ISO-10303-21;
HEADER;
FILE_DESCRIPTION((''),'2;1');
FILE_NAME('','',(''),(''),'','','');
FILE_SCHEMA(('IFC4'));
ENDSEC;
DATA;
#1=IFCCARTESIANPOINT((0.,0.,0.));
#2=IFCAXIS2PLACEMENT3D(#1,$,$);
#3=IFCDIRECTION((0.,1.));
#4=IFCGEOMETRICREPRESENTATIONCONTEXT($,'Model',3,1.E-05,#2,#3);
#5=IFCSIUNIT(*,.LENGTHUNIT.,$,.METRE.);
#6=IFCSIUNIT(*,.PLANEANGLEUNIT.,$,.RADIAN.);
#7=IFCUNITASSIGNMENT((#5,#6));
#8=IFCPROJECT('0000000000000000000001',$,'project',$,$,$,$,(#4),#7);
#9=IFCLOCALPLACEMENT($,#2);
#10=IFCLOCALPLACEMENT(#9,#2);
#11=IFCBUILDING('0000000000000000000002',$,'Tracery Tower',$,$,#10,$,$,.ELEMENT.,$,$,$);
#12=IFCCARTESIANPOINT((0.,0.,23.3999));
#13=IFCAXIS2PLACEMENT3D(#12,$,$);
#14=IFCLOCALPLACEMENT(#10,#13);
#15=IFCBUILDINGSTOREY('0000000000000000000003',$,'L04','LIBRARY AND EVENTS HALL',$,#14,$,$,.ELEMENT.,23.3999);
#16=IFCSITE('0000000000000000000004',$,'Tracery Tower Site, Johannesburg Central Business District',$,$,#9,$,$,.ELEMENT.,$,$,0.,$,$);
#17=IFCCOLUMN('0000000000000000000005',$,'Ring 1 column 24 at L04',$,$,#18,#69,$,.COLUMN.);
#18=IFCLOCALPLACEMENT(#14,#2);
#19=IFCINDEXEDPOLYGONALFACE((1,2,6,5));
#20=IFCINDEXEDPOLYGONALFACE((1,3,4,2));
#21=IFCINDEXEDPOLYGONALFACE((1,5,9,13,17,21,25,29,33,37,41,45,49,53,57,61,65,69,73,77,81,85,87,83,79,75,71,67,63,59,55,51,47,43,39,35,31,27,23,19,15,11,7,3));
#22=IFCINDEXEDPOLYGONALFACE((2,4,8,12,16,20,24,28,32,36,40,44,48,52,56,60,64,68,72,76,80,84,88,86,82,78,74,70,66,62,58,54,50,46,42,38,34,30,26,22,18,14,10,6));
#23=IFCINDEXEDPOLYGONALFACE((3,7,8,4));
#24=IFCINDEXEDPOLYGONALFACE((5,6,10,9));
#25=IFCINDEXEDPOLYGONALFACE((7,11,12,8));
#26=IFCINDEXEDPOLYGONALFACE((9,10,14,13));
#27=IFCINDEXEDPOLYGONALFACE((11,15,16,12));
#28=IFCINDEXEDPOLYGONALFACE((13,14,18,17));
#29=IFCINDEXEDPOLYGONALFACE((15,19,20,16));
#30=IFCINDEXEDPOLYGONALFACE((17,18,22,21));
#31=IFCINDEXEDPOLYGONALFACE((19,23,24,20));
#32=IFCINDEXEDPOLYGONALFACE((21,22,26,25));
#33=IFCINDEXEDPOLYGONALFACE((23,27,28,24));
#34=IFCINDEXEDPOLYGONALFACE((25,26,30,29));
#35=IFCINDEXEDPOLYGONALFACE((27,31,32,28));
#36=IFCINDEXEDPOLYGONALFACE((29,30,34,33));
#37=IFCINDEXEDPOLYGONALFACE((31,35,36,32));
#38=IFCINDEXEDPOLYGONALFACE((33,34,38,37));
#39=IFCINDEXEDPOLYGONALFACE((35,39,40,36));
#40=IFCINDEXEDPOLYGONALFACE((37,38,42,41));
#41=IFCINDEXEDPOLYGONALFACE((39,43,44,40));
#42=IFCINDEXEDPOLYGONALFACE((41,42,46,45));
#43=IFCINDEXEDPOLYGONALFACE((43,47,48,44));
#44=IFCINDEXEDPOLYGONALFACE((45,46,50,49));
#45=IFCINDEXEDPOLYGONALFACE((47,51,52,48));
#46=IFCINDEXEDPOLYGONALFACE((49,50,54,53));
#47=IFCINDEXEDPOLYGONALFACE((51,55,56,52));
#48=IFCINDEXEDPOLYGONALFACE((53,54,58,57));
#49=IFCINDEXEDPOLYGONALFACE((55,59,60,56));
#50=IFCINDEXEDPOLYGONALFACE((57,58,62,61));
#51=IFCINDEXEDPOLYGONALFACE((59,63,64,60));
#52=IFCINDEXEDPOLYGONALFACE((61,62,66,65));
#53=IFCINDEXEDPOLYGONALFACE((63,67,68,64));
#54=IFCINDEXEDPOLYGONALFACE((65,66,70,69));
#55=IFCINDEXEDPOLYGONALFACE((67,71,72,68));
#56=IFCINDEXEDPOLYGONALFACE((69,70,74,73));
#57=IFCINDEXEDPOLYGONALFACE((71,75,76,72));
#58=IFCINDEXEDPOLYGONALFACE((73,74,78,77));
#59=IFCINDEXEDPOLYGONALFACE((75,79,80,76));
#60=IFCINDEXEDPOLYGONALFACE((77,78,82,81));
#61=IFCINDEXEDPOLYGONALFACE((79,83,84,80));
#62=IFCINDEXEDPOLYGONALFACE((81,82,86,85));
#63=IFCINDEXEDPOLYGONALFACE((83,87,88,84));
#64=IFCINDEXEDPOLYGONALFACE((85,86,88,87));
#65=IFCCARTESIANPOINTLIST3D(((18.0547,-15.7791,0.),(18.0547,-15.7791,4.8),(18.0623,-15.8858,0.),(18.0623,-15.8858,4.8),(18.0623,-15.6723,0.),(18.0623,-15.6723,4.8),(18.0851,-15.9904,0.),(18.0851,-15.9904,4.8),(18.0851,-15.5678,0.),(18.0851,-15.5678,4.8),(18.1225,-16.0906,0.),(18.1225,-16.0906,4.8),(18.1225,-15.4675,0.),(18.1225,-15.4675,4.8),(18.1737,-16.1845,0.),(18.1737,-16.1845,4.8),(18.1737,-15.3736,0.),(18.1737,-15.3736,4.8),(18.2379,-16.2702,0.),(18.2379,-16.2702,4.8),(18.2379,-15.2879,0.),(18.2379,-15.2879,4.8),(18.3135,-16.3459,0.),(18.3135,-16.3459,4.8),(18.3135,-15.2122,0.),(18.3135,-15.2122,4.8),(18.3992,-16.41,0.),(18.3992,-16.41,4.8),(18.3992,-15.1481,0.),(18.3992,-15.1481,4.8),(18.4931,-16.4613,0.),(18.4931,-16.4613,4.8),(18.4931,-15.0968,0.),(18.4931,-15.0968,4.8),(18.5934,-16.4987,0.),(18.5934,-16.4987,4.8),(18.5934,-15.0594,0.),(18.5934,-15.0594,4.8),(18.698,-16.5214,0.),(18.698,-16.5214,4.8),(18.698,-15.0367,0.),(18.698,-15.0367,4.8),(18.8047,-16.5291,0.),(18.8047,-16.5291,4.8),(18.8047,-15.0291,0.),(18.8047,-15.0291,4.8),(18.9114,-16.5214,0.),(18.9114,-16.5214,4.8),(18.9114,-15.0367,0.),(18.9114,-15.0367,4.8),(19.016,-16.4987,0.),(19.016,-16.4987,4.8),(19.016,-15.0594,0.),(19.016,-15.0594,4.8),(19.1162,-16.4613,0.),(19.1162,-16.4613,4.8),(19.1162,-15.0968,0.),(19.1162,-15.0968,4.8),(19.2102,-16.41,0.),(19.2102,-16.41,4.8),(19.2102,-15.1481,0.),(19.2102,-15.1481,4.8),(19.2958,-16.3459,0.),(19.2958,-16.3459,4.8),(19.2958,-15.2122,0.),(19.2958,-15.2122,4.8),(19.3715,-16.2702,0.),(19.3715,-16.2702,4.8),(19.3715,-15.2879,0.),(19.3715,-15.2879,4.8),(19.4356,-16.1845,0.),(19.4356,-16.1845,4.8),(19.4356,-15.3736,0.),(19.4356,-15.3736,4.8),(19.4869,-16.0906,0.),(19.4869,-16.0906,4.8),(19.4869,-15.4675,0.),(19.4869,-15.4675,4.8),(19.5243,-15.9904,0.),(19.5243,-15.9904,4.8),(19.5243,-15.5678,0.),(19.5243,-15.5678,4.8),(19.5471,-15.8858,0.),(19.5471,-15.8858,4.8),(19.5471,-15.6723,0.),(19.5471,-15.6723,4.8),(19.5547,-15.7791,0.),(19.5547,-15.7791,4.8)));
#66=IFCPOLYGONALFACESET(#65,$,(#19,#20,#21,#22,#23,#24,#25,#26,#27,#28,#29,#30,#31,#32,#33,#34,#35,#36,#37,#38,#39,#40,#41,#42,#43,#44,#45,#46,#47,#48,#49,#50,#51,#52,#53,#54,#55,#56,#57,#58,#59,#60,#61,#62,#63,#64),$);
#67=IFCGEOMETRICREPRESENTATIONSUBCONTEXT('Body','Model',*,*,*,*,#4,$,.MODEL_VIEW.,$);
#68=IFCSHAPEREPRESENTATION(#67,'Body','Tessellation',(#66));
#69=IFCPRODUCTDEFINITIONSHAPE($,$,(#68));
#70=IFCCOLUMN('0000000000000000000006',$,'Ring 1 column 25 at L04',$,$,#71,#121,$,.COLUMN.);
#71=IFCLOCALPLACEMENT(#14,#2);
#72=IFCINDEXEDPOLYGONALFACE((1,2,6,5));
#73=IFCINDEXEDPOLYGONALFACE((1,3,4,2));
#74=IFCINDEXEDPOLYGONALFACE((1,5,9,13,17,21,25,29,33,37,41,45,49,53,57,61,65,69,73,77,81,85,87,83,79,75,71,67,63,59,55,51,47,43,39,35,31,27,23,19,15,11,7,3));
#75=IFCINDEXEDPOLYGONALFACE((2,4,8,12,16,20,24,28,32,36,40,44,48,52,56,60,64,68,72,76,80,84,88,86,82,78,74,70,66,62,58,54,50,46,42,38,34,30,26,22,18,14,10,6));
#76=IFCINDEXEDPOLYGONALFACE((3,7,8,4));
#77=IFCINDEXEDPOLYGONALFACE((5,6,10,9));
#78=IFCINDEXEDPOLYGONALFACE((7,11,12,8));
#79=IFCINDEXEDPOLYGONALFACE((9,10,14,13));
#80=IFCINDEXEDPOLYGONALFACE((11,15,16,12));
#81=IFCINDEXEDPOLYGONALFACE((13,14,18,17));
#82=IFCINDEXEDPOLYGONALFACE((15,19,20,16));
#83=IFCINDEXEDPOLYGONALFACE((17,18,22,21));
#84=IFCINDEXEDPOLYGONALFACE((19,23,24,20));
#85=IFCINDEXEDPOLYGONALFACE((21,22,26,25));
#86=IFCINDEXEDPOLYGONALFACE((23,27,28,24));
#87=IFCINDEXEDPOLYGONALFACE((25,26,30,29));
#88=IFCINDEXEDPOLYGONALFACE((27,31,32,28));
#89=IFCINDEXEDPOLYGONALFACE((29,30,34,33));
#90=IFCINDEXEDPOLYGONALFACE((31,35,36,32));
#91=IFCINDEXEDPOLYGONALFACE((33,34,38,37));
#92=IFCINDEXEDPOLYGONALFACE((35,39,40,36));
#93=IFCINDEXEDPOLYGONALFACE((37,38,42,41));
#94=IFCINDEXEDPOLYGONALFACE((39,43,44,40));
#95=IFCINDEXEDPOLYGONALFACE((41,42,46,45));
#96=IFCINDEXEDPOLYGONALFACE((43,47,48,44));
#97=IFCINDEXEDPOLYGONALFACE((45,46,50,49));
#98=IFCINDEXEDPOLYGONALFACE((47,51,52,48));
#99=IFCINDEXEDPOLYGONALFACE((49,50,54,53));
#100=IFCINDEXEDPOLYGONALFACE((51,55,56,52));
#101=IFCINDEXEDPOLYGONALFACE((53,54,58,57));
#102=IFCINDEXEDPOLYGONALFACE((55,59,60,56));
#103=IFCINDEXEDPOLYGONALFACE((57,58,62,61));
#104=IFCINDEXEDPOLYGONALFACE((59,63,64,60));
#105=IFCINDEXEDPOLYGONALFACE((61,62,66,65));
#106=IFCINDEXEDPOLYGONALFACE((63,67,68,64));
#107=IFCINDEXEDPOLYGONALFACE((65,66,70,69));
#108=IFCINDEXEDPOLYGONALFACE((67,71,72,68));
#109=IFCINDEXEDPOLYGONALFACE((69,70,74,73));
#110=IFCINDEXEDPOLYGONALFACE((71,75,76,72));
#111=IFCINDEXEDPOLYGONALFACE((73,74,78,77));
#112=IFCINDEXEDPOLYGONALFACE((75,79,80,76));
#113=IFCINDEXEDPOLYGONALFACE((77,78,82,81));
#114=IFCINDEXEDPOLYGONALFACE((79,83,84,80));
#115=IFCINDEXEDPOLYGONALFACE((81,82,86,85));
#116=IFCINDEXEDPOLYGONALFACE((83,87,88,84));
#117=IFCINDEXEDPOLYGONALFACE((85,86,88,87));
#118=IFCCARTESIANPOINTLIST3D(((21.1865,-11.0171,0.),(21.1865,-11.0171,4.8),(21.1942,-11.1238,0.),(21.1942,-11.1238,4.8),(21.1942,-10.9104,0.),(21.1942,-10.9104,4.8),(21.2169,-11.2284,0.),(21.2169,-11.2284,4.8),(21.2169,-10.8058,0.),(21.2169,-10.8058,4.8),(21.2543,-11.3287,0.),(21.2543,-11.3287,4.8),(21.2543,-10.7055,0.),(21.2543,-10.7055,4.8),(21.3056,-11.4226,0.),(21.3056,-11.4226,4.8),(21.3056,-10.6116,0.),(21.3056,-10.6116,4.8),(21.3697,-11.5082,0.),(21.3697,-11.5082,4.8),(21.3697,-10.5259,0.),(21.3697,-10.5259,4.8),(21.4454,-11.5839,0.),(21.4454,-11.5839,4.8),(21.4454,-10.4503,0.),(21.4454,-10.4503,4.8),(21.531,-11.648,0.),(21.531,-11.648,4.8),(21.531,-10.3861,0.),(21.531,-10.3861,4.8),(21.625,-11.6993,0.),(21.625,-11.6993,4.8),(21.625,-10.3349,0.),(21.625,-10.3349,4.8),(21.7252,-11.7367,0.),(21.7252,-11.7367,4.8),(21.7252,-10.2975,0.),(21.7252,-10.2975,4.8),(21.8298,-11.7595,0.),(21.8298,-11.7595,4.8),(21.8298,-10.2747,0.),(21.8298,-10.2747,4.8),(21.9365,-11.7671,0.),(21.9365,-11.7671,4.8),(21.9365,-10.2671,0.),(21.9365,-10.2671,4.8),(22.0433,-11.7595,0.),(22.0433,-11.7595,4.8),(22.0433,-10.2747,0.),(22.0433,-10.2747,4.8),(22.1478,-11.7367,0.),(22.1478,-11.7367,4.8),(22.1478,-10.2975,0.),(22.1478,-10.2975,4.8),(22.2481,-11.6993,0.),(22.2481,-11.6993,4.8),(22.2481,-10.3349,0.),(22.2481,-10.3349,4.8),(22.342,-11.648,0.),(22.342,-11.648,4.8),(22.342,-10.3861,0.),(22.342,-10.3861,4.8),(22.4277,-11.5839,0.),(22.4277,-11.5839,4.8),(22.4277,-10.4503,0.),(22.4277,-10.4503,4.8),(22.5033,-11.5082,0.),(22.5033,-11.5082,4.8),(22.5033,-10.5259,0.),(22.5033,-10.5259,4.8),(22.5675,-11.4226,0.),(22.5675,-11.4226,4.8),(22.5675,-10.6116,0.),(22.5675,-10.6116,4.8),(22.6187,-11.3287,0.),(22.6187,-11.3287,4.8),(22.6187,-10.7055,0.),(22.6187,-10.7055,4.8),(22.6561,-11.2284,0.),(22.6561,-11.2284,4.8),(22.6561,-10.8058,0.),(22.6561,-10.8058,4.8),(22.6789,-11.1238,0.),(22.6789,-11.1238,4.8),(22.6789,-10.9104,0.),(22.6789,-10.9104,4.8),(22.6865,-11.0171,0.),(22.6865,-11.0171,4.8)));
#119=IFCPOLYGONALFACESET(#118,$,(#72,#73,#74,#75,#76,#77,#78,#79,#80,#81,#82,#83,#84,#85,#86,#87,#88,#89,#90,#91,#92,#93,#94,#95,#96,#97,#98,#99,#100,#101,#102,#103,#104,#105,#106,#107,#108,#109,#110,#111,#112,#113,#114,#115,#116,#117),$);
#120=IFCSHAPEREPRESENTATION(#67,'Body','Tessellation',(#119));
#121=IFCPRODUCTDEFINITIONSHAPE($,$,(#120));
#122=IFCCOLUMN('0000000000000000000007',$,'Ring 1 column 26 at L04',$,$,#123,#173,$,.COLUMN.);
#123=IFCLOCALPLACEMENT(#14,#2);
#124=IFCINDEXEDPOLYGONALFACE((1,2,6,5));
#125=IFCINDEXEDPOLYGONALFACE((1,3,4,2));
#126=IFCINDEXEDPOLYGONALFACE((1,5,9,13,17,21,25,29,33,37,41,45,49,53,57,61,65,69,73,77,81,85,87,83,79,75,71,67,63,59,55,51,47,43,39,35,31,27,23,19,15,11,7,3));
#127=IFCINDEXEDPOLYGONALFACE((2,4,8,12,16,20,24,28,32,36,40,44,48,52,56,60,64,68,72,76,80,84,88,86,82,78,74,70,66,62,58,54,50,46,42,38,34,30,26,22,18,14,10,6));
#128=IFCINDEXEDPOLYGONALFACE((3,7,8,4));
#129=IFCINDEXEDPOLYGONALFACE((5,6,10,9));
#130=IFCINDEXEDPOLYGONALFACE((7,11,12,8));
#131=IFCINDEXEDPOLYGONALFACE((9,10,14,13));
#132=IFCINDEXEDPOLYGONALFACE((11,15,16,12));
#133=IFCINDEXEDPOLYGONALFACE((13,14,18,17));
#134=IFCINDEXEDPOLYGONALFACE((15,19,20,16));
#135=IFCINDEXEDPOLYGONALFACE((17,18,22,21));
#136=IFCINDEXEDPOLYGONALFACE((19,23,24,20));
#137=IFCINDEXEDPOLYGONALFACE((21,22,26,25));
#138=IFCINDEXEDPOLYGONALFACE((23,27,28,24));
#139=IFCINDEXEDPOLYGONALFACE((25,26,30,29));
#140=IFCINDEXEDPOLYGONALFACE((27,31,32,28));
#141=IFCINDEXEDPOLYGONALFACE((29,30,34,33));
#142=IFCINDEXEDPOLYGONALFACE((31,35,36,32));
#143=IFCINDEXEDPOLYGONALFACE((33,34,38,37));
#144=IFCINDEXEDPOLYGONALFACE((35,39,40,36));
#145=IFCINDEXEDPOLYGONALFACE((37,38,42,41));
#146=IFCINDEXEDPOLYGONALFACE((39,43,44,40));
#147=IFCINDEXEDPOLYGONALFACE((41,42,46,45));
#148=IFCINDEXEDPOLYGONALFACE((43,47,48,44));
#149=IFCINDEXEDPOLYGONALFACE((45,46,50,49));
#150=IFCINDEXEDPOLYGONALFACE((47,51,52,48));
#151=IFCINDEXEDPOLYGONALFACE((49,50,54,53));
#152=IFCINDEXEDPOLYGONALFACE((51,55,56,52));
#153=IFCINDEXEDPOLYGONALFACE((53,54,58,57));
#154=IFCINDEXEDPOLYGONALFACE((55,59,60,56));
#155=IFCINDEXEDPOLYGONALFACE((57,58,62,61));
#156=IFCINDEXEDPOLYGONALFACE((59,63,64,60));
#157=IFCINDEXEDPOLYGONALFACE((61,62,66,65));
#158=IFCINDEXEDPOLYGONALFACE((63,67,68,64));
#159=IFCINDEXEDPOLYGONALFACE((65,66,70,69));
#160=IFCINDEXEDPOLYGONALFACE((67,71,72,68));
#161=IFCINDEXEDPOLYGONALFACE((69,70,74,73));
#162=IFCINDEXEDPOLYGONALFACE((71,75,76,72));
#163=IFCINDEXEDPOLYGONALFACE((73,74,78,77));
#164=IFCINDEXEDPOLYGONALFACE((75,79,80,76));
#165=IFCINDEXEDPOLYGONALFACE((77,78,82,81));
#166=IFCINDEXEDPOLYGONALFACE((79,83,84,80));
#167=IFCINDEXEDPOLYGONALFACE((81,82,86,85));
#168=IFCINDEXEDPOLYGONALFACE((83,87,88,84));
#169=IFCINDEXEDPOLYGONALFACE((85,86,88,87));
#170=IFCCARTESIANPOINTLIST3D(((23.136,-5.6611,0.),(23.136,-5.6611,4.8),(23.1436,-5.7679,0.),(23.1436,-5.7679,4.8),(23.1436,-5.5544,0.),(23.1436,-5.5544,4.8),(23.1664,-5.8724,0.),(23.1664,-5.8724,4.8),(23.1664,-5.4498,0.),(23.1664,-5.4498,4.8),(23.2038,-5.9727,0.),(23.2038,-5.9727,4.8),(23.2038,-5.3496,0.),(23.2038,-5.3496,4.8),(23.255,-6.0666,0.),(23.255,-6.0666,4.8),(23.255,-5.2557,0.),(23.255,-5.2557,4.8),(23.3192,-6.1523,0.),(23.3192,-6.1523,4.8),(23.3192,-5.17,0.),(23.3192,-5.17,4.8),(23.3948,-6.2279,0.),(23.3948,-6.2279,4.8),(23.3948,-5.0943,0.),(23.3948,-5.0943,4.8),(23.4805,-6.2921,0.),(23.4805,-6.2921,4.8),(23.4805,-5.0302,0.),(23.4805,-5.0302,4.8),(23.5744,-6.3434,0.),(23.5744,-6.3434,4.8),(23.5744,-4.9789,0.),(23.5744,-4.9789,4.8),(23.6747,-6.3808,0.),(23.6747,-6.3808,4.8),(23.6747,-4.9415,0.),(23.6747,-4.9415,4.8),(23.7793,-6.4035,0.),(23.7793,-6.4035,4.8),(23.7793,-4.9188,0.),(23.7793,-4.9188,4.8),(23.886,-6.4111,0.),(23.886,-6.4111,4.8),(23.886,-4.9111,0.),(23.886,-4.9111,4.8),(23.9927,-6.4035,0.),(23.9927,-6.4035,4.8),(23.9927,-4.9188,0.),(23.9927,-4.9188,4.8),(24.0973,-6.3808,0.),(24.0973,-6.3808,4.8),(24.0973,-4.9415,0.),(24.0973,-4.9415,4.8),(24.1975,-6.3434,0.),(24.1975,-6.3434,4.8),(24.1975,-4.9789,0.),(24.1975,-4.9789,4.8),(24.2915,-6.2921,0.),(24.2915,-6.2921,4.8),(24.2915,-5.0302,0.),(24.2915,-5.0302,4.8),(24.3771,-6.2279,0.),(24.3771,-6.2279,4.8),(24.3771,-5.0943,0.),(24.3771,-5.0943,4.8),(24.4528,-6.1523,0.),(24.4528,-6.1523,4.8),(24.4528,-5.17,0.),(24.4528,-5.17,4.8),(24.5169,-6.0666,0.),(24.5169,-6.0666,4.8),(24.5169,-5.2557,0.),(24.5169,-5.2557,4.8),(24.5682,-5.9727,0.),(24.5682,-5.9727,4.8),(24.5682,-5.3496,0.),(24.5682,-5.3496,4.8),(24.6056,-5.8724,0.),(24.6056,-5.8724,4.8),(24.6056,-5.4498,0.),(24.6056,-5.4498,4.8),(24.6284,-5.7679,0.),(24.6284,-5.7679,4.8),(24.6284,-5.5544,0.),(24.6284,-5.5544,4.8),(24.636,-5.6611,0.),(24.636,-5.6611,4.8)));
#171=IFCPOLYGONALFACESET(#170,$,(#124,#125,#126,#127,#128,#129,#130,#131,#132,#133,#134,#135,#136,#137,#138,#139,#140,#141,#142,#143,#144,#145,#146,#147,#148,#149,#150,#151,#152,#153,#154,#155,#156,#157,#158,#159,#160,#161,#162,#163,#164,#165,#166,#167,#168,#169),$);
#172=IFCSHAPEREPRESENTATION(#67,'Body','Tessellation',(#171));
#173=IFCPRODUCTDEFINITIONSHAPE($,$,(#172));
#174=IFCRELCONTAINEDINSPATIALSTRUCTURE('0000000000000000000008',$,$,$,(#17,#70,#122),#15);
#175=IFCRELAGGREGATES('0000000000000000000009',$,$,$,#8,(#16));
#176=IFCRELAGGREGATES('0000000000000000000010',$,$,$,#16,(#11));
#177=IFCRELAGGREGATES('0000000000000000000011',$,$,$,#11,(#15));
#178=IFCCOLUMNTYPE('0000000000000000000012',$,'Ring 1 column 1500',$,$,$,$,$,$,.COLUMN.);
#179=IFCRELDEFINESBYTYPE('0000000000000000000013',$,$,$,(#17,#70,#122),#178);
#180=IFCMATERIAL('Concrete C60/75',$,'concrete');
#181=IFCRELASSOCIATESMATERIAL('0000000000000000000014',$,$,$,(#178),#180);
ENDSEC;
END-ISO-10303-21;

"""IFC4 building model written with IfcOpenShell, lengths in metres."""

from ifc_helpers import new_model, si_unit, direction, frame, origin, origin_2d, place, context, subcontext, project, spatial, circle, extrude, material, material_profile, profile_set, type_object, element, save


model = new_model("IFC4")

# Units and contexts
model_context = context("Model", 3, precision=1e-05, world=origin(), true_north=direction((0.0, 1.0)))
body_context = subcontext(model_context, "Body", "Model", "MODEL_VIEW")
ifc_project = project(units=[si_unit("LENGTHUNIT", "METRE"), si_unit("PLANEANGLEUNIT", "RADIAN")], contexts=[model_context])

# Site, building, storey
site_placement = place(None, origin())
site = spatial("IfcSite", under=ifc_project, at=site_placement, Name="Tracery Tower Site, Johannesburg Central Business District", CompositionType="ELEMENT", RefElevation=0.0)
building_placement = place(site_placement, origin())
building = spatial("IfcBuilding", under=site, at=building_placement, Name="Tracery Tower", CompositionType="ELEMENT")
storey_placement = place(building_placement, frame((0.0, 0.0, 23.3999)))
storey = spatial("IfcBuildingStorey", under=building, at=storey_placement, Name="L04", Description="LIBRARY AND EVENTS HALL", CompositionType="ELEMENT", Elevation=23.3999)

# Columns
ifc_material_1 = material(Name="Concrete C60/75", Category="concrete")
ifc_material_profile_1 = material_profile(ifc_material_1, circle(Radius=0.75, at=origin_2d()), Name="RC D1500")
ifc_profile_set_1 = profile_set([ifc_material_profile_1], Name="Concrete C60/75")
column_type_1 = type_object("IfcColumnType", Name="Ring 1 column 1500", PredefinedType="COLUMN", material=ifc_profile_set_1)
for number, where, z_axis, x_axis, name in (
    (1, (18.8047, -15.7791, 0.0), (0.0, 0.0, 1.0), (1.0, 0.0, 0.0), "Ring 1 column 24 at L04"),
    (2, (21.9365, -11.0171, 0.0), (0.0, 0.0, 1.0), (1.0, 0.0, 0.0), "Ring 1 column 25 at L04"),
    (3, (23.886, -5.6611, 0.0), (0.0, 0.0, 1.0), (1.0, 0.0, 0.0), "Ring 1 column 26 at L04"),
):
    element("IfcColumn", number, at=place(storey_placement, frame(where, z_axis=z_axis, x_axis=x_axis)), inside=storey, type_object=column_type_1, Name=name, PredefinedType="COLUMN", context=body_context, shape_type="SweptSolid", body=[
        extrude(circle(Radius=0.75, at=origin_2d()), origin(), (0.0, 0.0, 1.0), 4.8),
    ])

save(model, "model.ifc")
